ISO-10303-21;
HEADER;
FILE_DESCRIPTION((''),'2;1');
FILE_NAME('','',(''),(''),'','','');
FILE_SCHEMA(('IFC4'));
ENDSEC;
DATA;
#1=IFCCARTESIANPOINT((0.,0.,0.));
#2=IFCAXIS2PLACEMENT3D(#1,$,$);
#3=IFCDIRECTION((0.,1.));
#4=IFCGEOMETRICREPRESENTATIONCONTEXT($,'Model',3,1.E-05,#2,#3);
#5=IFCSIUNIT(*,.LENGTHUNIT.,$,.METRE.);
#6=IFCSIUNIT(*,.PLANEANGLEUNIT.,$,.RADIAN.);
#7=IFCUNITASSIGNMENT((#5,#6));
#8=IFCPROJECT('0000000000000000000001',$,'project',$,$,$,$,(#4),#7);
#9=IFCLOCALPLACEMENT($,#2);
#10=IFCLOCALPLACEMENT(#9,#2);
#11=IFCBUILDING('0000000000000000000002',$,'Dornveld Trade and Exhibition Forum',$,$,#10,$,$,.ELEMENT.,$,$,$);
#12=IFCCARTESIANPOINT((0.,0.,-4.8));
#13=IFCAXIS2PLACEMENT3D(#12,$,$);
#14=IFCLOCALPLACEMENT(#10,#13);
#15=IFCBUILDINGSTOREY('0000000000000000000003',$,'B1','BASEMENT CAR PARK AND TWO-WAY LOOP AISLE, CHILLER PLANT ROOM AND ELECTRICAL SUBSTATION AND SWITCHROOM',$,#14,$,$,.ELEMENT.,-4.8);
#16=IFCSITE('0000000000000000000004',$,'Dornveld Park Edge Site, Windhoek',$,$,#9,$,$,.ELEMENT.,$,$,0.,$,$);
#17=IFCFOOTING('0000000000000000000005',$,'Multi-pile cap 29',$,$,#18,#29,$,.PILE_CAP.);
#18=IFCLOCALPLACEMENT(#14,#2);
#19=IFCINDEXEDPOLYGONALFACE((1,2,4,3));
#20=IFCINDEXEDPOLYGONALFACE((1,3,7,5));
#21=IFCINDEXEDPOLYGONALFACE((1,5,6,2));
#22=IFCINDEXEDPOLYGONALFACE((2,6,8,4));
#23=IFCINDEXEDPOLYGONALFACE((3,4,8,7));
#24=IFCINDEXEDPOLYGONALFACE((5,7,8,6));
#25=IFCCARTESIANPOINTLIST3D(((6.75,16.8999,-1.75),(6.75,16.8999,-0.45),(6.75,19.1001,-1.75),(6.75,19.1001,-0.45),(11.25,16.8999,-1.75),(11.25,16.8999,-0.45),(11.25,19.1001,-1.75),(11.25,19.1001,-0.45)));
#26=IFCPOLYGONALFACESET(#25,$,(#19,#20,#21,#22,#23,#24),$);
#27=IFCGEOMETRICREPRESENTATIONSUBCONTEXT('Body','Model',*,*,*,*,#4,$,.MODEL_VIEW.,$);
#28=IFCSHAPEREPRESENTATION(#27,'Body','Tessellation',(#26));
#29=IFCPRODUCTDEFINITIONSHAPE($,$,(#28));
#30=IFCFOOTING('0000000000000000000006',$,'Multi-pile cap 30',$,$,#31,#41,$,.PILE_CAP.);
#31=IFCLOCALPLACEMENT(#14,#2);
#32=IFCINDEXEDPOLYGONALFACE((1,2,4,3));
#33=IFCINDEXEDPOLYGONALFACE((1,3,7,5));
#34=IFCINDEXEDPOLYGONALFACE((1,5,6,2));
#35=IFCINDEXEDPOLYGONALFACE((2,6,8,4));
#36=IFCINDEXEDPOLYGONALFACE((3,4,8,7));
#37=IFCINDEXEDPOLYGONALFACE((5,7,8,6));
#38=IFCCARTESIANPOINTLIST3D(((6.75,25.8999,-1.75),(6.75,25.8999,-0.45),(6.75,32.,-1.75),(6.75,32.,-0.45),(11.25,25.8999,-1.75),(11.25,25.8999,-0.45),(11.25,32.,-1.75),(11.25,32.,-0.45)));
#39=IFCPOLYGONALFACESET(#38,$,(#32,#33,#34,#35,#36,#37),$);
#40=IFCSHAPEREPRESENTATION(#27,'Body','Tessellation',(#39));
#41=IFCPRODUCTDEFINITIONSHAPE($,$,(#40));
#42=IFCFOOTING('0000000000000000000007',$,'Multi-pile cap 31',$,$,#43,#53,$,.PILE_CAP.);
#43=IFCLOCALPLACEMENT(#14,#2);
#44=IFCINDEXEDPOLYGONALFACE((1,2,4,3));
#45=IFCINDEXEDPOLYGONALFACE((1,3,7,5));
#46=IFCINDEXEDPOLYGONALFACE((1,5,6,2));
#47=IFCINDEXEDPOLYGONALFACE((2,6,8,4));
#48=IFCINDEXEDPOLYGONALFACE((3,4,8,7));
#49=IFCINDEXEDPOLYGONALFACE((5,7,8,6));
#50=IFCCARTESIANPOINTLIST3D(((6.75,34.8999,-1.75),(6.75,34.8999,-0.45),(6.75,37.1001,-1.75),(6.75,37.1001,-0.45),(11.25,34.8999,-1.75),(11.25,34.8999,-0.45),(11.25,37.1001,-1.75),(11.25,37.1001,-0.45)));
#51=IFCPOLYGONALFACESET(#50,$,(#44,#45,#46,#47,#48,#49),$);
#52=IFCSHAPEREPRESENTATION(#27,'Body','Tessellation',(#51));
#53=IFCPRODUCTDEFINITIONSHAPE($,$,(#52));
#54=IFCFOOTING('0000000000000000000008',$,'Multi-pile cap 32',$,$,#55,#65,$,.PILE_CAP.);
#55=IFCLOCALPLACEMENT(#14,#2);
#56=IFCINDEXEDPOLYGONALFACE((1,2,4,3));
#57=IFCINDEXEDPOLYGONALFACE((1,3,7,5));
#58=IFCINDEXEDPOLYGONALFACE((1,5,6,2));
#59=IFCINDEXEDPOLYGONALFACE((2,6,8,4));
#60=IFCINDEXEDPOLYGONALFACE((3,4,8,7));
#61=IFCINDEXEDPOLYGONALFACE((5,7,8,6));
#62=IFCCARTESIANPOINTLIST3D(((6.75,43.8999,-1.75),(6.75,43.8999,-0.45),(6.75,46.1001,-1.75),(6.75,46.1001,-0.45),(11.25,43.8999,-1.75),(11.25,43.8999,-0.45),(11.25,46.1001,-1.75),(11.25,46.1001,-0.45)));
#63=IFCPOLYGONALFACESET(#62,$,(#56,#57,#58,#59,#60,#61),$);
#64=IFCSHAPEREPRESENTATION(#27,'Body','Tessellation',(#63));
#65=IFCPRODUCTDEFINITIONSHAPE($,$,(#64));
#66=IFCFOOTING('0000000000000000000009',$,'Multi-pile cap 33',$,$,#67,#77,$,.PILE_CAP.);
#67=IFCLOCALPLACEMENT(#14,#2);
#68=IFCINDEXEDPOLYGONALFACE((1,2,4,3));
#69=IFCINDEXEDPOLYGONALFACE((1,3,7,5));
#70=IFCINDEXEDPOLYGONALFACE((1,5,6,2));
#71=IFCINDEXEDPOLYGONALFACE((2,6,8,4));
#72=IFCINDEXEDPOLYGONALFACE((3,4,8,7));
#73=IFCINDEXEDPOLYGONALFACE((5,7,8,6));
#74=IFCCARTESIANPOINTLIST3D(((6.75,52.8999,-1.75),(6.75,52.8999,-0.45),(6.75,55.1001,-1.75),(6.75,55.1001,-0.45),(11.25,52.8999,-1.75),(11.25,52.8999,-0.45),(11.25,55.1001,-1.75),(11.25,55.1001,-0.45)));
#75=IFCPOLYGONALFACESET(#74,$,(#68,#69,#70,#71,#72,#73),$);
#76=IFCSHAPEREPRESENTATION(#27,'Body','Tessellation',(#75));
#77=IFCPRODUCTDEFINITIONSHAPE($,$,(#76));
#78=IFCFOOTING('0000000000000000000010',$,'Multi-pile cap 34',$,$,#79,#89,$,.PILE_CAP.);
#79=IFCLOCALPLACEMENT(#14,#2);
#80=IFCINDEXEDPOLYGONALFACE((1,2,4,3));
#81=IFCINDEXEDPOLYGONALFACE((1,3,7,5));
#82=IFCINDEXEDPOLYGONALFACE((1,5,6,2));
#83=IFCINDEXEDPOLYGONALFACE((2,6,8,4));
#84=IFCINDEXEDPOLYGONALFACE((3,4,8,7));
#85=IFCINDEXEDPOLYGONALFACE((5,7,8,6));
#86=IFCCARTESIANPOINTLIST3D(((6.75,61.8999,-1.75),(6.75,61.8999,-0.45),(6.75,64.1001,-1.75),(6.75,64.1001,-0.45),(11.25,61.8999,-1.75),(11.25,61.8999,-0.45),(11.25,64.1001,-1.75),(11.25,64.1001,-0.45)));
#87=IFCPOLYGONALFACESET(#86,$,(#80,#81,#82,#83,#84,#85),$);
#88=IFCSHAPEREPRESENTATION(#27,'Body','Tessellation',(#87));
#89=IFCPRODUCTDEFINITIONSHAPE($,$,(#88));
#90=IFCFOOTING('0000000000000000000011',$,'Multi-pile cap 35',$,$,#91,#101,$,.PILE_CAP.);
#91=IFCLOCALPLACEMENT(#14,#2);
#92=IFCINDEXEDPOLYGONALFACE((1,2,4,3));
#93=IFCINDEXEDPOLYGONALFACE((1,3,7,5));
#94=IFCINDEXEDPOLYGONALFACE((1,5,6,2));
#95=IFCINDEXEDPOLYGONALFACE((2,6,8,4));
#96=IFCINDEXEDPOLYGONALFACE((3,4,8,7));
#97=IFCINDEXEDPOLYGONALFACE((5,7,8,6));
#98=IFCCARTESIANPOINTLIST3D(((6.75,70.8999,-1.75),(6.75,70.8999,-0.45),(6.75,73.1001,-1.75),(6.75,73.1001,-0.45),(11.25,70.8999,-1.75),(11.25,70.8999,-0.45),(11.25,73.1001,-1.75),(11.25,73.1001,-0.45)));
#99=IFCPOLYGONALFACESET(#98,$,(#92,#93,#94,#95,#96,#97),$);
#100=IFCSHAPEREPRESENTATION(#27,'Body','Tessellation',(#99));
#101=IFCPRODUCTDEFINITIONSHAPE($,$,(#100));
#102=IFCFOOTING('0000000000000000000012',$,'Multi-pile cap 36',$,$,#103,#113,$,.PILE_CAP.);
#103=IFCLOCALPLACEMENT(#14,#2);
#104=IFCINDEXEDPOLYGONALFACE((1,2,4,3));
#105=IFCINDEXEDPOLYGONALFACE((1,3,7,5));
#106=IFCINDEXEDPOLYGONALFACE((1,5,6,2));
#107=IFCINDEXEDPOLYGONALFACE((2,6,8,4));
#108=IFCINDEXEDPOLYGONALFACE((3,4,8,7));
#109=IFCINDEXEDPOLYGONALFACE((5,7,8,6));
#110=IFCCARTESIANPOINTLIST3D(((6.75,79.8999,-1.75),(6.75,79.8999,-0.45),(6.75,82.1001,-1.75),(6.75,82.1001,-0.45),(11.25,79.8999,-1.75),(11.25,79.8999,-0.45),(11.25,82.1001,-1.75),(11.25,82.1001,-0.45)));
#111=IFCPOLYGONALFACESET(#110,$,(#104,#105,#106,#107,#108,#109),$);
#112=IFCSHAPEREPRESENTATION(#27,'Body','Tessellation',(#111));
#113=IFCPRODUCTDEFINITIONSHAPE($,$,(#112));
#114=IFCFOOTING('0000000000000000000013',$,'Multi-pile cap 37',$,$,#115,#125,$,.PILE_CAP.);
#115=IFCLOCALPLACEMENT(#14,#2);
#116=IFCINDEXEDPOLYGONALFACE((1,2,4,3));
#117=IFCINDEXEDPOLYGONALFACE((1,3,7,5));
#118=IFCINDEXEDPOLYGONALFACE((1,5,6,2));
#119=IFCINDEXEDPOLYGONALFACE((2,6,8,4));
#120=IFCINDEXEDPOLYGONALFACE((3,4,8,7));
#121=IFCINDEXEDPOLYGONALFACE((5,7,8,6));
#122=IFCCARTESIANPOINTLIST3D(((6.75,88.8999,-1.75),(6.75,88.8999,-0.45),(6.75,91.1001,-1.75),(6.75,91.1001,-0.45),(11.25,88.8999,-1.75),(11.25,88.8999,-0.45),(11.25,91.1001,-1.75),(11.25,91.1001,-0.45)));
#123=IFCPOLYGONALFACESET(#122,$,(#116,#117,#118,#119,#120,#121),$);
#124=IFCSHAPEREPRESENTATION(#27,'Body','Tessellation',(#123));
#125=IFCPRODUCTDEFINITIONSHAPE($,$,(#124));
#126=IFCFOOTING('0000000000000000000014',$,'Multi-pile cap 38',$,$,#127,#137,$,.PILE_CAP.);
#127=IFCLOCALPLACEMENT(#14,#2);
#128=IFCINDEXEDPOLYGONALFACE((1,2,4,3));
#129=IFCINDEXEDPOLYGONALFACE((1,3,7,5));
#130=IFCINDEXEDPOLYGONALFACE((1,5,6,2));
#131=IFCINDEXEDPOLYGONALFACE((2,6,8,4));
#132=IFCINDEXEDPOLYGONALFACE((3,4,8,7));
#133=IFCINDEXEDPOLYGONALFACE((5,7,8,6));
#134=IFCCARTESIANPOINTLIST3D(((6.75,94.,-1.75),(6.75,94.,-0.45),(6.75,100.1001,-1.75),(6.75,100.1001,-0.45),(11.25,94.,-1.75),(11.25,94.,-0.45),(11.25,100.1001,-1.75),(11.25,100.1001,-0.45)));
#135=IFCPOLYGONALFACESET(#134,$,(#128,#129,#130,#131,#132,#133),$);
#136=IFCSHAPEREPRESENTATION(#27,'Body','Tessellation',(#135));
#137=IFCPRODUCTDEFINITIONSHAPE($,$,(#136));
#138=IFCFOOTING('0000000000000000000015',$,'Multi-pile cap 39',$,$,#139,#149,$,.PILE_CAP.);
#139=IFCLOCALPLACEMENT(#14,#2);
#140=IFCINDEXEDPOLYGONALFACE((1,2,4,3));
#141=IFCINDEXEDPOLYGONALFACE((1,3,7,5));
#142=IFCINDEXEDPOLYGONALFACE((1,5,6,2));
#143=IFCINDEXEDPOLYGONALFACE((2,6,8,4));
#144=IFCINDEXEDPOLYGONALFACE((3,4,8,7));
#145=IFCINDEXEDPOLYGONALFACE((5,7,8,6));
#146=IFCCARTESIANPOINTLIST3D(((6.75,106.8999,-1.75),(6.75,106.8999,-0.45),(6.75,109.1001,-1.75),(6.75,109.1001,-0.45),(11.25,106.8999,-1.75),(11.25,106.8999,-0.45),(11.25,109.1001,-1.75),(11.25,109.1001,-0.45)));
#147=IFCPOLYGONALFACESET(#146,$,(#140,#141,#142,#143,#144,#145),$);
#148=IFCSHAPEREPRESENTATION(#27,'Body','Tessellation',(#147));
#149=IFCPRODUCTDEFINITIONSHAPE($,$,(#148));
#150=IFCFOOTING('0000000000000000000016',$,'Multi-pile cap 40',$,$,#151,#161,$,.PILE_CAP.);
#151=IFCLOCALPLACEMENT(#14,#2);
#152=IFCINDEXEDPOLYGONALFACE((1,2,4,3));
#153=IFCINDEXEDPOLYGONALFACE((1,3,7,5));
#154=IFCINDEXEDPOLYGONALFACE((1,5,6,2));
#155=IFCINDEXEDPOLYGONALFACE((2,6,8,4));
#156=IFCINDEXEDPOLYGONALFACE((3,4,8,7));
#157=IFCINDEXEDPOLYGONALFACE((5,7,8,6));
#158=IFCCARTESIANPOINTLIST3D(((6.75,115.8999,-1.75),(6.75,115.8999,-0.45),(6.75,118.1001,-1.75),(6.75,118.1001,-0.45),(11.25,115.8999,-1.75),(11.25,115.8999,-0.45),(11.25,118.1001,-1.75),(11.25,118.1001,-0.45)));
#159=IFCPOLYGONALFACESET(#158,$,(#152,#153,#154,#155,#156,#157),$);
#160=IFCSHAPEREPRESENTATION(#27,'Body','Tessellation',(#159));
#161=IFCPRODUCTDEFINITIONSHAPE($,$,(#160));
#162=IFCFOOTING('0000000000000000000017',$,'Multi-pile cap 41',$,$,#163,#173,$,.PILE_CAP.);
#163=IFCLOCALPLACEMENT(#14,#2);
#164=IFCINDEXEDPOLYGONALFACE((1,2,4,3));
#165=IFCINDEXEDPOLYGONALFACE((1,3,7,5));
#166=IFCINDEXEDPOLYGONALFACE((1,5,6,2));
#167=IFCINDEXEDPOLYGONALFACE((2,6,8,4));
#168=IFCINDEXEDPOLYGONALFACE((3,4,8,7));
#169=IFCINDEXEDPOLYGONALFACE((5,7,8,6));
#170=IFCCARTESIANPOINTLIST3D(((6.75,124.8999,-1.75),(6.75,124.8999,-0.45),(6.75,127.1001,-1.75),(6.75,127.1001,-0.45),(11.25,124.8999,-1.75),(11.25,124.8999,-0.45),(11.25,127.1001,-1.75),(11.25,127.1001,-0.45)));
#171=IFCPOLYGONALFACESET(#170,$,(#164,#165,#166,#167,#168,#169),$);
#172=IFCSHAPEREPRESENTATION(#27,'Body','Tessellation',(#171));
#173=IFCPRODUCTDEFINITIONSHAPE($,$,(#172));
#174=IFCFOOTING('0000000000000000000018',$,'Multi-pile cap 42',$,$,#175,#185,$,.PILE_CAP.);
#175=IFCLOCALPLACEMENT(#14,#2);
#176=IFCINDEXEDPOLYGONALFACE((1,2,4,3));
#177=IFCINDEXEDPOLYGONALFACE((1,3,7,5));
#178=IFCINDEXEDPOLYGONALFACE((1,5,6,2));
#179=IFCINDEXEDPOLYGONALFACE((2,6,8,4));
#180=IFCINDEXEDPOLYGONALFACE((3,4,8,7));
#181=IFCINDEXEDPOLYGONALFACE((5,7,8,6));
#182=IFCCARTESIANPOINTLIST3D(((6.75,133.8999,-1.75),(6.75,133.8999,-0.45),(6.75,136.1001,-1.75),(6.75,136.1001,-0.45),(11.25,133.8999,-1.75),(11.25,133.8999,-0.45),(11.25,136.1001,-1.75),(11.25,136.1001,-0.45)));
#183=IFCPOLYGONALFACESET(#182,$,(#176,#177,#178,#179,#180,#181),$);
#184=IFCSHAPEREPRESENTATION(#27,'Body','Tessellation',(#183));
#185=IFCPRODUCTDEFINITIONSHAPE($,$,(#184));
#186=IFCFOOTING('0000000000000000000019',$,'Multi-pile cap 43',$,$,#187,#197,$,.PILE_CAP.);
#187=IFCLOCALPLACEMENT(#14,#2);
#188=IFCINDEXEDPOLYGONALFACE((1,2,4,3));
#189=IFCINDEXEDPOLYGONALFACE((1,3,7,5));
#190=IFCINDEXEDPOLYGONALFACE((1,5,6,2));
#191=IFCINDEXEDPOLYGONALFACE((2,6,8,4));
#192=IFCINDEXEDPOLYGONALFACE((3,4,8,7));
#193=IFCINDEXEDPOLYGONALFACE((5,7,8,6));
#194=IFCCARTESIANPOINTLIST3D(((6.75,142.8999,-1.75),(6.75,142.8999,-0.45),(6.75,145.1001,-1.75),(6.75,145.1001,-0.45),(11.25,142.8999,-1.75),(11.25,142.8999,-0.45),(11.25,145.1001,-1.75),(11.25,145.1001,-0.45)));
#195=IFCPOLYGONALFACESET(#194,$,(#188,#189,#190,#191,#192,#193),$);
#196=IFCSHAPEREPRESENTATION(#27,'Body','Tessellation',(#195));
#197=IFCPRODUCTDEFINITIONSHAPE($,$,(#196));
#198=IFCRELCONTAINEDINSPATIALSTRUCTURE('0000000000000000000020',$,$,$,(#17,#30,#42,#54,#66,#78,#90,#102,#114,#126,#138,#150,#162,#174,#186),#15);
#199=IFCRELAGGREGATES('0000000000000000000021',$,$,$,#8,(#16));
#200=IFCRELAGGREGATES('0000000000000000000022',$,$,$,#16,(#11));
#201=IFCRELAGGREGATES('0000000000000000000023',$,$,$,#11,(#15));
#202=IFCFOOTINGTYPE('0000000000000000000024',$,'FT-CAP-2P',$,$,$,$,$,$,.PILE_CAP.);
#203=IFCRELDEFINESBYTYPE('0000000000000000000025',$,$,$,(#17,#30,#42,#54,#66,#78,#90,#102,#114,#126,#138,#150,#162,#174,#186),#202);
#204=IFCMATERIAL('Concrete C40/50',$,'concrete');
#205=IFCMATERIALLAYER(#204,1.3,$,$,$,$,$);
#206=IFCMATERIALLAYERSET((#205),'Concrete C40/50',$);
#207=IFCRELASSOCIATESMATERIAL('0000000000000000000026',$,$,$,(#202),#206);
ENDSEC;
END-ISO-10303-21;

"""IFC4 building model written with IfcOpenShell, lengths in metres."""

from ifc_helpers import new_model, si_unit, direction, frame, origin, place, context, subcontext, project, spatial, polyline, outline, extrude, material, layer, layer_set, type_object, element, save


model = new_model("IFC4")

# Units and contexts
model_context = context("Model", 3, precision=1e-05, world=origin(), true_north=direction((0.0, 1.0)))
body_context = subcontext(model_context, "Body", "Model", "MODEL_VIEW")
ifc_project = project(units=[si_unit("LENGTHUNIT", "METRE"), si_unit("PLANEANGLEUNIT", "RADIAN")], contexts=[model_context])

# Site, building, storey
site_placement = place(None, origin())
site = spatial("IfcSite", under=ifc_project, at=site_placement, Name="Dornveld Park Edge Site, Windhoek", CompositionType="ELEMENT", RefElevation=0.0)
building_placement = place(site_placement, origin())
building = spatial("IfcBuilding", under=site, at=building_placement, Name="Dornveld Trade and Exhibition Forum", CompositionType="ELEMENT")
storey_placement = place(building_placement, frame((0.0, 0.0, -4.8)))
storey = spatial("IfcBuildingStorey", under=building, at=storey_placement, Name="B1", Description="BASEMENT CAR PARK AND TWO-WAY LOOP AISLE, CHILLER PLANT ROOM AND ELECTRICAL SUBSTATION AND SWITCHROOM", CompositionType="ELEMENT", Elevation=-4.8)

# Footings
ifc_material = material(Name="Concrete C40/50", Category="concrete")
ifc_layer = layer(ifc_material, 1.3)
ifc_layer_set = layer_set([ifc_layer], Name="Concrete C40/50")
footing_type = type_object("IfcFootingType", Name="FT-CAP-2P", PredefinedType="PILE_CAP", material=ifc_layer_set)
footing_1_placement = place(storey_placement, frame((0.0, 0.0, -1.75)))
element("IfcFooting", 1, at=footing_1_placement, inside=storey, type_object=footing_type, Name="Multi-pile cap 29", PredefinedType="PILE_CAP", context=body_context, shape_type="SweptSolid", body=[
    extrude(outline(polyline([(6.75, 16.8999), (11.25, 16.8999), (11.25, 19.1001), (6.75, 19.1001), (6.75, 16.8999)])), origin(), (0.0, 0.0, 1.0), 1.3),
])
footing_2_placement = place(storey_placement, frame((0.0, 0.0, -1.75)))
element("IfcFooting", 2, at=footing_2_placement, inside=storey, type_object=footing_type, Name="Multi-pile cap 30", PredefinedType="PILE_CAP", context=body_context, shape_type="SweptSolid", body=[
    extrude(outline(polyline([(6.75, 25.8999), (11.25, 25.8999), (11.25, 32.0), (6.75, 32.0), (6.75, 25.8999)])), origin(), (0.0, 0.0, 1.0), 1.3),
])
footing_3_placement = place(storey_placement, frame((0.0, 0.0, -1.75)))
element("IfcFooting", 3, at=footing_3_placement, inside=storey, type_object=footing_type, Name="Multi-pile cap 31", PredefinedType="PILE_CAP", context=body_context, shape_type="SweptSolid", body=[
    extrude(outline(polyline([(6.75, 34.8999), (11.25, 34.8999), (11.25, 37.1001), (6.75, 37.1001), (6.75, 34.8999)])), origin(), (0.0, 0.0, 1.0), 1.3),
])
footing_4_placement = place(storey_placement, frame((0.0, 0.0, -1.75)))
element("IfcFooting", 4, at=footing_4_placement, inside=storey, type_object=footing_type, Name="Multi-pile cap 32", PredefinedType="PILE_CAP", context=body_context, shape_type="SweptSolid", body=[
    extrude(outline(polyline([(6.75, 43.8999), (11.25, 43.8999), (11.25, 46.1001), (6.75, 46.1001), (6.75, 43.8999)])), origin(), (0.0, 0.0, 1.0), 1.3),
])
footing_5_placement = place(storey_placement, frame((0.0, 0.0, -1.75)))
element("IfcFooting", 5, at=footing_5_placement, inside=storey, type_object=footing_type, Name="Multi-pile cap 33", PredefinedType="PILE_CAP", context=body_context, shape_type="SweptSolid", body=[
    extrude(outline(polyline([(6.75, 52.8999), (11.25, 52.8999), (11.25, 55.1001), (6.75, 55.1001), (6.75, 52.8999)])), origin(), (0.0, 0.0, 1.0), 1.3),
])
footing_6_placement = place(storey_placement, frame((0.0, 0.0, -1.75)))
element("IfcFooting", 6, at=footing_6_placement, inside=storey, type_object=footing_type, Name="Multi-pile cap 34", PredefinedType="PILE_CAP", context=body_context, shape_type="SweptSolid", body=[
    extrude(outline(polyline([(6.75, 61.8999), (11.25, 61.8999), (11.25, 64.1001), (6.75, 64.1001), (6.75, 61.8999)])), origin(), (0.0, 0.0, 1.0), 1.3),
])
footing_7_placement = place(storey_placement, frame((0.0, 0.0, -1.75)))
element("IfcFooting", 7, at=footing_7_placement, inside=storey, type_object=footing_type, Name="Multi-pile cap 35", PredefinedType="PILE_CAP", context=body_context, shape_type="SweptSolid", body=[
    extrude(outline(polyline([(6.75, 70.8999), (11.25, 70.8999), (11.25, 73.1001), (6.75, 73.1001), (6.75, 70.8999)])), origin(), (0.0, 0.0, 1.0), 1.3),
])
footing_8_placement = place(storey_placement, frame((0.0, 0.0, -1.75)))
element("IfcFooting", 8, at=footing_8_placement, inside=storey, type_object=footing_type, Name="Multi-pile cap 36", PredefinedType="PILE_CAP", context=body_context, shape_type="SweptSolid", body=[
    extrude(outline(polyline([(6.75, 79.8999), (11.25, 79.8999), (11.25, 82.1001), (6.75, 82.1001), (6.75, 79.8999)])), origin(), (0.0, 0.0, 1.0), 1.3),
])
footing_9_placement = place(storey_placement, frame((0.0, 0.0, -1.75)))
element("IfcFooting", 9, at=footing_9_placement, inside=storey, type_object=footing_type, Name="Multi-pile cap 37", PredefinedType="PILE_CAP", context=body_context, shape_type="SweptSolid", body=[
    extrude(outline(polyline([(6.75, 88.8999), (11.25, 88.8999), (11.25, 91.1001), (6.75, 91.1001), (6.75, 88.8999)])), origin(), (0.0, 0.0, 1.0), 1.3),
])
footing_10_placement = place(storey_placement, frame((0.0, 0.0, -1.75)))
element("IfcFooting", 10, at=footing_10_placement, inside=storey, type_object=footing_type, Name="Multi-pile cap 38", PredefinedType="PILE_CAP", context=body_context, shape_type="SweptSolid", body=[
    extrude(outline(polyline([(6.75, 94.0), (11.25, 94.0), (11.25, 100.1001), (6.75, 100.1001), (6.75, 94.0)])), origin(), (0.0, 0.0, 1.0), 1.3),
])
footing_11_placement = place(storey_placement, frame((0.0, 0.0, -1.75)))
element("IfcFooting", 11, at=footing_11_placement, inside=storey, type_object=footing_type, Name="Multi-pile cap 39", PredefinedType="PILE_CAP", context=body_context, shape_type="SweptSolid", body=[
    extrude(outline(polyline([(6.75, 106.8999), (11.25, 106.8999), (11.25, 109.1001), (6.75, 109.1001), (6.75, 106.8999)])), origin(), (0.0, 0.0, 1.0), 1.3),
])
footing_12_placement = place(storey_placement, frame((0.0, 0.0, -1.75)))
element("IfcFooting", 12, at=footing_12_placement, inside=storey, type_object=footing_type, Name="Multi-pile cap 40", PredefinedType="PILE_CAP", context=body_context, shape_type="SweptSolid", body=[
    extrude(outline(polyline([(6.75, 115.8999), (11.25, 115.8999), (11.25, 118.1001), (6.75, 118.1001), (6.75, 115.8999)])), origin(), (0.0, 0.0, 1.0), 1.3),
])
footing_13_placement = place(storey_placement, frame((0.0, 0.0, -1.75)))
element("IfcFooting", 13, at=footing_13_placement, inside=storey, type_object=footing_type, Name="Multi-pile cap 41", PredefinedType="PILE_CAP", context=body_context, shape_type="SweptSolid", body=[
    extrude(outline(polyline([(6.75, 124.8999), (11.25, 124.8999), (11.25, 127.1001), (6.75, 127.1001), (6.75, 124.8999)])), origin(), (0.0, 0.0, 1.0), 1.3),
])
footing_14_placement = place(storey_placement, frame((0.0, 0.0, -1.75)))
element("IfcFooting", 14, at=footing_14_placement, inside=storey, type_object=footing_type, Name="Multi-pile cap 42", PredefinedType="PILE_CAP", context=body_context, shape_type="SweptSolid", body=[
    extrude(outline(polyline([(6.75, 133.8999), (11.25, 133.8999), (11.25, 136.1001), (6.75, 136.1001), (6.75, 133.8999)])), origin(), (0.0, 0.0, 1.0), 1.3),
])
footing_15_placement = place(storey_placement, frame((0.0, 0.0, -1.75)))
element("IfcFooting", 15, at=footing_15_placement, inside=storey, type_object=footing_type, Name="Multi-pile cap 43", PredefinedType="PILE_CAP", context=body_context, shape_type="SweptSolid", body=[
    extrude(outline(polyline([(6.75, 142.8999), (11.25, 142.8999), (11.25, 145.1001), (6.75, 145.1001), (6.75, 142.8999)])), origin(), (0.0, 0.0, 1.0), 1.3),
])

save(model, "model.ifc")
